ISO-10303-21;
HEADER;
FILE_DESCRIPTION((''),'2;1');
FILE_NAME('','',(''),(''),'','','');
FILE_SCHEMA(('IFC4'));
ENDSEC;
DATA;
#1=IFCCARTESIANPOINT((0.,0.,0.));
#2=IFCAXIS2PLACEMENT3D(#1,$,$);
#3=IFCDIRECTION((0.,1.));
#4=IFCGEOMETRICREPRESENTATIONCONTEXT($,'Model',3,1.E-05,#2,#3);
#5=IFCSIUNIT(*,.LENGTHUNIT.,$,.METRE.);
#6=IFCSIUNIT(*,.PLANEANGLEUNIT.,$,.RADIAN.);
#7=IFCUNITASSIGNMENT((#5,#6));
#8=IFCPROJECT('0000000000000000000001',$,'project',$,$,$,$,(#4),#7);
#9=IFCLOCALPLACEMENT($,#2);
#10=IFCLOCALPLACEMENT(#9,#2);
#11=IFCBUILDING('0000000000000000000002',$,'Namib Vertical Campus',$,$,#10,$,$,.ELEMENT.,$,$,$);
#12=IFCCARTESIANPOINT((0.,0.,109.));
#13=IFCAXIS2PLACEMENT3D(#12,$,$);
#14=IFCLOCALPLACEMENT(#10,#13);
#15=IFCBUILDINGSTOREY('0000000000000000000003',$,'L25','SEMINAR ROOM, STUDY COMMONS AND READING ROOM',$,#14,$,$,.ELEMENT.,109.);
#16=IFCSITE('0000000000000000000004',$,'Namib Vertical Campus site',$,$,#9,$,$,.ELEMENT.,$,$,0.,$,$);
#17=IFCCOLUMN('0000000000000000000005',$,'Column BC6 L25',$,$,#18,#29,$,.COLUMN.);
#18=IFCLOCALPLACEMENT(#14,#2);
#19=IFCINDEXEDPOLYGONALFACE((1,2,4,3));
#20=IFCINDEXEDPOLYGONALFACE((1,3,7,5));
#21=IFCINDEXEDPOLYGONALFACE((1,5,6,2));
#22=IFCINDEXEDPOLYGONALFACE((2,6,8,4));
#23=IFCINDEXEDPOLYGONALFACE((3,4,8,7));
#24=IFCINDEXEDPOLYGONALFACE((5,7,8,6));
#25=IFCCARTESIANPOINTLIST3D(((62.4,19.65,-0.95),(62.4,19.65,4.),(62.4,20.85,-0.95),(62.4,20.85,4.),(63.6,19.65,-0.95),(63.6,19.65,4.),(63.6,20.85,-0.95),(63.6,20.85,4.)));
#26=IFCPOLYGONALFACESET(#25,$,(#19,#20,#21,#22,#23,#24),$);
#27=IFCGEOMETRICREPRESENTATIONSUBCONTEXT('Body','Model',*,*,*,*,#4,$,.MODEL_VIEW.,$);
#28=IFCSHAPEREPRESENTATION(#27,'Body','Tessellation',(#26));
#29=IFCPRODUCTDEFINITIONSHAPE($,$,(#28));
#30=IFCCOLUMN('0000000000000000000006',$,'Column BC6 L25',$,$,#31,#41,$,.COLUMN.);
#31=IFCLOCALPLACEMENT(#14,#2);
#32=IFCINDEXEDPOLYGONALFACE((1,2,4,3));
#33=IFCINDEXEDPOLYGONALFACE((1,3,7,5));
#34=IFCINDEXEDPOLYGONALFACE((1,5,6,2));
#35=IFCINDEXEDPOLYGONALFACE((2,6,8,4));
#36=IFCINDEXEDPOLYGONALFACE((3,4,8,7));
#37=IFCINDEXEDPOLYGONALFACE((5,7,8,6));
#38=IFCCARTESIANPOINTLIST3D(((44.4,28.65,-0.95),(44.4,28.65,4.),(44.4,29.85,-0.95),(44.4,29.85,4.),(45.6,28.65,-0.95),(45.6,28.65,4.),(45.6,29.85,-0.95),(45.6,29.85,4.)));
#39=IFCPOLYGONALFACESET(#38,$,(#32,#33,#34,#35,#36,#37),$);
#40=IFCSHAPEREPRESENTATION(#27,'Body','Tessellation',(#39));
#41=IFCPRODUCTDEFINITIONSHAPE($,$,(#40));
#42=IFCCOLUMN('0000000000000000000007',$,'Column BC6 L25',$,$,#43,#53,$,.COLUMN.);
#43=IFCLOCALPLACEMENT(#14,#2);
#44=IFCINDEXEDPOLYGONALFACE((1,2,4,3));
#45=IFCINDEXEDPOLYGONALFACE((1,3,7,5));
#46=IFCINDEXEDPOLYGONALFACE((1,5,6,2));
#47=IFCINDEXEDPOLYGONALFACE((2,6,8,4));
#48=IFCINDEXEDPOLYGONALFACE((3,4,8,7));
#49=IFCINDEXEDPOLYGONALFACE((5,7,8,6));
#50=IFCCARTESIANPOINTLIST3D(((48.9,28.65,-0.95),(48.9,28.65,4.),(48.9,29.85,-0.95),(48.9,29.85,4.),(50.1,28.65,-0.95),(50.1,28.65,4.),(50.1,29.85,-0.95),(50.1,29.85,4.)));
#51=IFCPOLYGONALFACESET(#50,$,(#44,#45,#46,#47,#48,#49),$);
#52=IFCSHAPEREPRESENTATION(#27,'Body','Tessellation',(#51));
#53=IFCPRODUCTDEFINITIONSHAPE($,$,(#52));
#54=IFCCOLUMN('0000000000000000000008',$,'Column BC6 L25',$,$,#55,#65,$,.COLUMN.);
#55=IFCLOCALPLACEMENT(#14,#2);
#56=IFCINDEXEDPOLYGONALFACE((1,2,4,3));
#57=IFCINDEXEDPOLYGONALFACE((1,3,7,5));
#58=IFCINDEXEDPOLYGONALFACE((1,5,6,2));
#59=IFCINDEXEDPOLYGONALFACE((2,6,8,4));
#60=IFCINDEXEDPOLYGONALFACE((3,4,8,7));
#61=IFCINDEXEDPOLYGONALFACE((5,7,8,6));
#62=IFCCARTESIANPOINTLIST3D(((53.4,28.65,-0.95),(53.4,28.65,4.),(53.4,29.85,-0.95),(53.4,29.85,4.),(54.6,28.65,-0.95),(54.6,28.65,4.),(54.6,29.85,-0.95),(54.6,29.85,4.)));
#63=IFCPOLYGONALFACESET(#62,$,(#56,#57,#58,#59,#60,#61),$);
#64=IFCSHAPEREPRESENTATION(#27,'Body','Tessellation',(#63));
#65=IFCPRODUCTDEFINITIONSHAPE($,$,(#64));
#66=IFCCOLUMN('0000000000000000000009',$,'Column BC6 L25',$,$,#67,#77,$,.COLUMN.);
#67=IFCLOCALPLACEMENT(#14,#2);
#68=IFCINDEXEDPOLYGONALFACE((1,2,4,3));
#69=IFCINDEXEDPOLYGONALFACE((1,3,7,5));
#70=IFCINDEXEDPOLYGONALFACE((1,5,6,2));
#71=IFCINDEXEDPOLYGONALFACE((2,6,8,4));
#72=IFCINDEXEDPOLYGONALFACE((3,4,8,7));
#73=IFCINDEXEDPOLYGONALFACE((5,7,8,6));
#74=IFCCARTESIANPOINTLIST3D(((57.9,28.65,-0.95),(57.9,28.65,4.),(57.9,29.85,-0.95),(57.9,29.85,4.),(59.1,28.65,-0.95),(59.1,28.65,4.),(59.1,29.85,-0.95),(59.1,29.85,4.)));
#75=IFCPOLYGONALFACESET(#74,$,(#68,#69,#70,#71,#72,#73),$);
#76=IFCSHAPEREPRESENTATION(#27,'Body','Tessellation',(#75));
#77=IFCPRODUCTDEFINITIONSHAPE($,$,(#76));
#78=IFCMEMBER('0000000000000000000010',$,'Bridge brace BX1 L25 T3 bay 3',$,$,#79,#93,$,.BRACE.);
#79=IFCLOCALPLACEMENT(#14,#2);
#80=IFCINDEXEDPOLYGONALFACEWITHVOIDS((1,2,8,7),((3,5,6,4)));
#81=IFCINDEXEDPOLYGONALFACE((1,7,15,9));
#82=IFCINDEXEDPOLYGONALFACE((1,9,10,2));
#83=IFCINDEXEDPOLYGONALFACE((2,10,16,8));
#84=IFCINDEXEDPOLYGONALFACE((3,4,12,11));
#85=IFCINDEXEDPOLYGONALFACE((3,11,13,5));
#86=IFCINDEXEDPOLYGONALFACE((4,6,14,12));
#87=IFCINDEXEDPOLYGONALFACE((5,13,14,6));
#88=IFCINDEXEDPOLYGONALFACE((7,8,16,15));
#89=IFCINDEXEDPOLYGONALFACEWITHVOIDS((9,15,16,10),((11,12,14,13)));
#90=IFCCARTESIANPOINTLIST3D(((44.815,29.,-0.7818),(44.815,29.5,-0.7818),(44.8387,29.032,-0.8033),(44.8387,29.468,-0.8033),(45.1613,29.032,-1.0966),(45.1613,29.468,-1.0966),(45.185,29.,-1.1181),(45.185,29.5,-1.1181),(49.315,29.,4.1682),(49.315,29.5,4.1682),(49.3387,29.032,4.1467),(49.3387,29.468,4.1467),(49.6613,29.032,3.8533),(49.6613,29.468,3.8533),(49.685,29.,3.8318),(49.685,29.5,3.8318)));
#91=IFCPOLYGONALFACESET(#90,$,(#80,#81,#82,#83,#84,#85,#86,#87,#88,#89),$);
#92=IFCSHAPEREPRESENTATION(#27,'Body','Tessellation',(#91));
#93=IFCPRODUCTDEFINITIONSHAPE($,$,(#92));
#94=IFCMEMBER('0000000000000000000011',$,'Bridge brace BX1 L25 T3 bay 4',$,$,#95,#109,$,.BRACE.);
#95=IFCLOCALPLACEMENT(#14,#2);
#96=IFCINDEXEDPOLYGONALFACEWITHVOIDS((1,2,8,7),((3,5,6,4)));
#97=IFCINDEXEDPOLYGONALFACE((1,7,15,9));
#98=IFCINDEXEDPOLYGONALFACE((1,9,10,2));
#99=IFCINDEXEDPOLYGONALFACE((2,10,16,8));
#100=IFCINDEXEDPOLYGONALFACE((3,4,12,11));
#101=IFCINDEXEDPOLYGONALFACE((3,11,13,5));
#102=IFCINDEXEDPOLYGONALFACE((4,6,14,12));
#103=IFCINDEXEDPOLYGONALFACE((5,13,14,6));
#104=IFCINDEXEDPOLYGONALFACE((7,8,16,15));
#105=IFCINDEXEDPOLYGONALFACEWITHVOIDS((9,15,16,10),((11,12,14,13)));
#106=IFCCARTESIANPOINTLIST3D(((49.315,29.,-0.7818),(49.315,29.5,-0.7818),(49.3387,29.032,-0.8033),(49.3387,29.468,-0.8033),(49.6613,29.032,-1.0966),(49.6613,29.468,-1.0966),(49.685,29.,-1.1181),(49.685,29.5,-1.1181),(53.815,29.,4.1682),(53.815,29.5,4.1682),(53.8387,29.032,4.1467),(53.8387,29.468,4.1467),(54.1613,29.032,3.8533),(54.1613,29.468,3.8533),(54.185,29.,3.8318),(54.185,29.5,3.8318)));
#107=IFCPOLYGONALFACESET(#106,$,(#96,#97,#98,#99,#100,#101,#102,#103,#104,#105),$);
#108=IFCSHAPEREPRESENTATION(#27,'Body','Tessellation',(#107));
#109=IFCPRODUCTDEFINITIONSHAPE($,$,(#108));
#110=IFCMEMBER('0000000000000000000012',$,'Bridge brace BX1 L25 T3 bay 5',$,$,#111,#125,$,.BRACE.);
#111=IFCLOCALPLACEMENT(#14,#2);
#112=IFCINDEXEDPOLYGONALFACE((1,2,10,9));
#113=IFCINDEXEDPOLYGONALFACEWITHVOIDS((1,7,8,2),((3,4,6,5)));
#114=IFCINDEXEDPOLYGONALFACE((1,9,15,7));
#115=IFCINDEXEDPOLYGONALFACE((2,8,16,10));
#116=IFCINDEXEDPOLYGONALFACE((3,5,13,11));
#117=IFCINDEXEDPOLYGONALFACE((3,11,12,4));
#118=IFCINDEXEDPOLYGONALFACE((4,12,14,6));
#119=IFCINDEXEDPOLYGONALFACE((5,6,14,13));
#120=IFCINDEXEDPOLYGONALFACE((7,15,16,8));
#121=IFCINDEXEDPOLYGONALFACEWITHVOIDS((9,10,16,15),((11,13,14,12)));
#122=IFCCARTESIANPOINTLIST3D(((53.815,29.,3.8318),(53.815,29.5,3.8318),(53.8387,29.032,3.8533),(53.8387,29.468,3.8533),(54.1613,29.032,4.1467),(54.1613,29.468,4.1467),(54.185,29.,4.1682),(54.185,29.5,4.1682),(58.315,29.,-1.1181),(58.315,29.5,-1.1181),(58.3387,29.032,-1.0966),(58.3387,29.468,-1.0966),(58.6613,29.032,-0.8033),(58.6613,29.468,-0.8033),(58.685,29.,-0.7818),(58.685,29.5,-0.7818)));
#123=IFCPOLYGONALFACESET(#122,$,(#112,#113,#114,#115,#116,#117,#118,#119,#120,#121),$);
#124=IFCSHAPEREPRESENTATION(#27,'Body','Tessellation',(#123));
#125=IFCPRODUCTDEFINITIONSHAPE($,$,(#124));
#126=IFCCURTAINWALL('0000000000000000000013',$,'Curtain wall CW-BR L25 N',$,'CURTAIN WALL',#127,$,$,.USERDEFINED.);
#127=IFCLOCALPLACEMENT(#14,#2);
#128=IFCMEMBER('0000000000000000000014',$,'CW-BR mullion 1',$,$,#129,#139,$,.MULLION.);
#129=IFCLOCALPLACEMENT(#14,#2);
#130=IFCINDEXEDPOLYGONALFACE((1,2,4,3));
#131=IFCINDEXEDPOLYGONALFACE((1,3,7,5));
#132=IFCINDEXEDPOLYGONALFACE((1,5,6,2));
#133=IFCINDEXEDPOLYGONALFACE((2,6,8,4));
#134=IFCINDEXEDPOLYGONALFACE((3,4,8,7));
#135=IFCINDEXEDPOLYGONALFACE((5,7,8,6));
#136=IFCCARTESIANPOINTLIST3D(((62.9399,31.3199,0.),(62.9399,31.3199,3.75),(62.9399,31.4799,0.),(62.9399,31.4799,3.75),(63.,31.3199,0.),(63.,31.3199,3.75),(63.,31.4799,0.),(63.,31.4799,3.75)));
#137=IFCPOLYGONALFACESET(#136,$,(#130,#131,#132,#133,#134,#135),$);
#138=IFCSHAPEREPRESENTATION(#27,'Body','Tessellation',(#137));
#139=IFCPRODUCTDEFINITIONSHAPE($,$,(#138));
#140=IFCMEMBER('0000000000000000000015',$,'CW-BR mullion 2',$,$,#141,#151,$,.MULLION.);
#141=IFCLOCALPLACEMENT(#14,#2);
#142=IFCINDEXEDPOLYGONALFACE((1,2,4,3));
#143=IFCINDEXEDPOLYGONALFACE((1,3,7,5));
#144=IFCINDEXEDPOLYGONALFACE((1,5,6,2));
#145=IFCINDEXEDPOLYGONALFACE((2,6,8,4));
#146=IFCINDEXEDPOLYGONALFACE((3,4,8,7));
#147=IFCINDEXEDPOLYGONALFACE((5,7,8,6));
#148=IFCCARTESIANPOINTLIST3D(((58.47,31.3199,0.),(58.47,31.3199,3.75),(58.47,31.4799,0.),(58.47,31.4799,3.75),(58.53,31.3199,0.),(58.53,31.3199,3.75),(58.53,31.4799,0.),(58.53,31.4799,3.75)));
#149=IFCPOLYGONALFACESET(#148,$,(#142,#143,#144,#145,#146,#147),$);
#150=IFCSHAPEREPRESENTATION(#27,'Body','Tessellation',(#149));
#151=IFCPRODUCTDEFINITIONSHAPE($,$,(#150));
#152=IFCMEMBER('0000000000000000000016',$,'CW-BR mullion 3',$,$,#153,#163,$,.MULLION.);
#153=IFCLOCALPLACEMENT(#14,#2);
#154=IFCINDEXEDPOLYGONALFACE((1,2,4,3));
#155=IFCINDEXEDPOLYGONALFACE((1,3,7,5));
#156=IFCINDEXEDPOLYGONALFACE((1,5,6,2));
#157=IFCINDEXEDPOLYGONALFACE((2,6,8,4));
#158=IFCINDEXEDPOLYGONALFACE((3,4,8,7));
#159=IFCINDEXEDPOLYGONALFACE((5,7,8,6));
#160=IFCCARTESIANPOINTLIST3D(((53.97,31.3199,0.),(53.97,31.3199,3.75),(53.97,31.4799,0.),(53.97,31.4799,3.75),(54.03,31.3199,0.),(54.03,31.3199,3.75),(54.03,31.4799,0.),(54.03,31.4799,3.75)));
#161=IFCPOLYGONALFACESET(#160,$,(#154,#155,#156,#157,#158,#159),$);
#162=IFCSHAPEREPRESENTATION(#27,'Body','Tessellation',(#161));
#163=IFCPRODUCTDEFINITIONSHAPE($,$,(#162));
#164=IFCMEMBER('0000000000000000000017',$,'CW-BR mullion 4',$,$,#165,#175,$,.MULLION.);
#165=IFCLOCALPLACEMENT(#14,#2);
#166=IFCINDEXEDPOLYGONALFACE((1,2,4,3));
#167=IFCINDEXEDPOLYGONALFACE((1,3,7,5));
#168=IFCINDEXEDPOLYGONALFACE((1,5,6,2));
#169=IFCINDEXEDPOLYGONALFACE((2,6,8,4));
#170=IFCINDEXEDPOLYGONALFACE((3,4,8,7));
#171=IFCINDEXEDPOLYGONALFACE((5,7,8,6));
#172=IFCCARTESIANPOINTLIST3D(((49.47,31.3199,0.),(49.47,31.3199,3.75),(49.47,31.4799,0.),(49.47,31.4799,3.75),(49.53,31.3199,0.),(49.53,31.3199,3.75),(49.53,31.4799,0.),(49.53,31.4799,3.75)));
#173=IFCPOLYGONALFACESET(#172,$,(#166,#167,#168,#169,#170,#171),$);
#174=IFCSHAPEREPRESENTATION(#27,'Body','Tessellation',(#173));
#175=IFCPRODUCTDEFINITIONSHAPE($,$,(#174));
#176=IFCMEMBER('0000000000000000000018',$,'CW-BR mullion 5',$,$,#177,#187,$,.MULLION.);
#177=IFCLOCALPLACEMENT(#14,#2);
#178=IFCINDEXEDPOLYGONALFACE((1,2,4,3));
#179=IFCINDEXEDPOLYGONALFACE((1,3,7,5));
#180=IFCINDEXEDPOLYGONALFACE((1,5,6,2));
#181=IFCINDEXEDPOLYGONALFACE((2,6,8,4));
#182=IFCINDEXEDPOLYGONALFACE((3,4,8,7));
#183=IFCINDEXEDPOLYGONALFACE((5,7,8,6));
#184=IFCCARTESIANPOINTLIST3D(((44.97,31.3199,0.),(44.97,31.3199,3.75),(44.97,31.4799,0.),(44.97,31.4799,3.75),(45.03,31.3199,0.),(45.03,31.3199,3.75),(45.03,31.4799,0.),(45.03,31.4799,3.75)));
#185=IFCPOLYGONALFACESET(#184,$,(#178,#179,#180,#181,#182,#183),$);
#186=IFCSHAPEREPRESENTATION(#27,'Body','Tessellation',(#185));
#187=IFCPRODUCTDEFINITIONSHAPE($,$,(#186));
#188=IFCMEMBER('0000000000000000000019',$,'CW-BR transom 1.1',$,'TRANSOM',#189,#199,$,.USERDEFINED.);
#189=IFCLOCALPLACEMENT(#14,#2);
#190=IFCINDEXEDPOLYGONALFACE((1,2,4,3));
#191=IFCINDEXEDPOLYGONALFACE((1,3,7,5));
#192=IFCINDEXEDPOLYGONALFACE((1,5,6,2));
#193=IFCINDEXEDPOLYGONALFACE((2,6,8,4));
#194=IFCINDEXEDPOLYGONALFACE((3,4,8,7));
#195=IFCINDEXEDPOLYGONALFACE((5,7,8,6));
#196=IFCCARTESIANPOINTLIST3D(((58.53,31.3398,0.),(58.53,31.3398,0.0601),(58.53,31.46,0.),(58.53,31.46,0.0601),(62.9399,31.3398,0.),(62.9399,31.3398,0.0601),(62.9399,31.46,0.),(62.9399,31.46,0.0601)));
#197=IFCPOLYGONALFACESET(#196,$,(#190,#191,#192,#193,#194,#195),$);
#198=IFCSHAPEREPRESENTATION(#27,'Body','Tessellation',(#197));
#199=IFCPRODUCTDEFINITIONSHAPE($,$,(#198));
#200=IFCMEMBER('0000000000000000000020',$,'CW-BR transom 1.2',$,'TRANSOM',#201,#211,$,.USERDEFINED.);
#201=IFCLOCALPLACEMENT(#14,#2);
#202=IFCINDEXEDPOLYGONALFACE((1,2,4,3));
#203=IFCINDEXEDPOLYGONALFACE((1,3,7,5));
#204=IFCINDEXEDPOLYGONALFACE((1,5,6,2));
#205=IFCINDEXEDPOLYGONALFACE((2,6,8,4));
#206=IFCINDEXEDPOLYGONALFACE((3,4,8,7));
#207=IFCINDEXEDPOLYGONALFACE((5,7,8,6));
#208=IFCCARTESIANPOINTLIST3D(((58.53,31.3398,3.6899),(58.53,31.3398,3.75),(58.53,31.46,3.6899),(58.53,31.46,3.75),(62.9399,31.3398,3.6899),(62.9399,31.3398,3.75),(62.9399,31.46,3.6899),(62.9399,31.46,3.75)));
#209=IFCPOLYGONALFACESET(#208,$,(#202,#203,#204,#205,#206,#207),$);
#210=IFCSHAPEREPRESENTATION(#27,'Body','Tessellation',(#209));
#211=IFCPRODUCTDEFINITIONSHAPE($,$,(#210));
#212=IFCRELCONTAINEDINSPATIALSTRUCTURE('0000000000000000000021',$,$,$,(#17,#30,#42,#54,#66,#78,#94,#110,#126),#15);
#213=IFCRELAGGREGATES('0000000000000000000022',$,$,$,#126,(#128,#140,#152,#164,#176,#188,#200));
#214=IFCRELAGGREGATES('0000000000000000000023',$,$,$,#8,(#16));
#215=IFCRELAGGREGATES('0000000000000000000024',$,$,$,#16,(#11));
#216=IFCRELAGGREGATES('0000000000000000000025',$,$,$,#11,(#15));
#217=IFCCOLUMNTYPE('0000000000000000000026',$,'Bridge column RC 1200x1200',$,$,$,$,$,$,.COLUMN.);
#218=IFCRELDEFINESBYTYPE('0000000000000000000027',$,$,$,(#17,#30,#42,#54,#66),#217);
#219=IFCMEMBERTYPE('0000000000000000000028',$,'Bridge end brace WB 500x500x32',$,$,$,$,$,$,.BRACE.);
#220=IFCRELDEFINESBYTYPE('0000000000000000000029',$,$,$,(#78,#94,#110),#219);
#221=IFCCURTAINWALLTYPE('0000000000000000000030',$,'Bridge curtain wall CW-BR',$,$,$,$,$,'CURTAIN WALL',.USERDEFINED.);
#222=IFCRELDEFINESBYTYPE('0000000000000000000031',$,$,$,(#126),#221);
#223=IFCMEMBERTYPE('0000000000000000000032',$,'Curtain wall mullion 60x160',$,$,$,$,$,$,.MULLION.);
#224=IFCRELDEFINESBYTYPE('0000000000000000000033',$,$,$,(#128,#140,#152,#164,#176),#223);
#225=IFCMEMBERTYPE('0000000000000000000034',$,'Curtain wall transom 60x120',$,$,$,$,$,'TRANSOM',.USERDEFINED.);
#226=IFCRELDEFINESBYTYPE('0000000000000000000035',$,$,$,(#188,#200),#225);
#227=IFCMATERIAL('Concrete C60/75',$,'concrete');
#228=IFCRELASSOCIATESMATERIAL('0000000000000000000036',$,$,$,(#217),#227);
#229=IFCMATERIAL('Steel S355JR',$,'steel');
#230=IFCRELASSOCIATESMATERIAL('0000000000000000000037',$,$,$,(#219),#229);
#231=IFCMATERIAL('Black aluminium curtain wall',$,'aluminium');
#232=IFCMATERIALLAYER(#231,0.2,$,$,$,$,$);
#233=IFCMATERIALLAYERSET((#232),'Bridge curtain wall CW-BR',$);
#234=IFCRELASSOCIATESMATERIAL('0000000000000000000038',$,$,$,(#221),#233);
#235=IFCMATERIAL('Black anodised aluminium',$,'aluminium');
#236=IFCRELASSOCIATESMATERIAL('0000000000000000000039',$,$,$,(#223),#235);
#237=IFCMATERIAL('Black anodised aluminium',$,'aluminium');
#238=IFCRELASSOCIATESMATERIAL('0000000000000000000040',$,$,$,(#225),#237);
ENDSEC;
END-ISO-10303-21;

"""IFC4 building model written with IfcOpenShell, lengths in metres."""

from ifc_helpers import new_model, si_unit, direction, frame, origin, origin_2d, place, context, subcontext, project, spatial, rectangle, hollow_rectangle, extrude, material, layer, layer_set, material_profile, profile_set, type_object, element, aggregate, save


model = new_model("IFC4")

# Units and contexts
model_context = context("Model", 3, precision=1e-05, world=origin(), true_north=direction((0.0, 1.0)))
body_context = subcontext(model_context, "Body", "Model", "MODEL_VIEW")
ifc_project = project(units=[si_unit("LENGTHUNIT", "METRE"), si_unit("PLANEANGLEUNIT", "RADIAN")], contexts=[model_context])

# Site, building, storey
site_placement = place(None, origin())
site = spatial("IfcSite", under=ifc_project, at=site_placement, Name="Namib Vertical Campus site", CompositionType="ELEMENT", RefElevation=0.0)
building_placement = place(site_placement, origin())
building = spatial("IfcBuilding", under=site, at=building_placement, Name="Namib Vertical Campus", CompositionType="ELEMENT")
storey_placement = place(building_placement, frame((0.0, 0.0, 109.0)))
storey = spatial("IfcBuildingStorey", under=building, at=storey_placement, Name="L25", Description="SEMINAR ROOM, STUDY COMMONS AND READING ROOM", CompositionType="ELEMENT", Elevation=109.0)

# Columns
ifc_material_1 = material(Name="Concrete C60/75", Category="concrete")
ifc_material_profile_1 = material_profile(ifc_material_1, rectangle(XDim=1.2, YDim=1.2, at=origin_2d()))
ifc_profile_set_1 = profile_set([ifc_material_profile_1], Name="Concrete C60/75")
column_type = type_object("IfcColumnType", Name="Bridge column RC 1200x1200", PredefinedType="COLUMN", material=ifc_profile_set_1)
for number, where, z_axis, x_axis, name in (
    (1, (63.0, 20.25, -0.95), (0.0, 0.0, 1.0), (1.0, 0.0, 0.0), "Column BC6 L25"),
    (2, (45.0, 29.25, -0.95), (0.0, 0.0, 1.0), (1.0, 0.0, 0.0), "Column BC6 L25"),
    (3, (49.5, 29.25, -0.95), (0.0, 0.0, 1.0), (1.0, 0.0, 0.0), "Column BC6 L25"),
    (4, (54.0, 29.25, -0.95), (0.0, 0.0, 1.0), (1.0, 0.0, 0.0), "Column BC6 L25"),
    (5, (58.5, 29.25, -0.95), (0.0, 0.0, 1.0), (1.0, 0.0, 0.0), "Column BC6 L25"),
):
    element("IfcColumn", number, at=place(storey_placement, frame(where, z_axis=z_axis, x_axis=x_axis)), inside=storey, type_object=column_type, Name=name, PredefinedType="COLUMN", context=body_context, shape_type="SweptSolid", body=[
        extrude(rectangle(XDim=1.2, YDim=1.2, at=origin_2d()), origin(), (0.0, 0.0, 1.0), 4.95),
    ])

# Members
ifc_material_2 = material(Name="Steel S355JR", Category="steel")
ifc_material_profile_2 = material_profile(ifc_material_2, hollow_rectangle(XDim=0.5, YDim=0.5, WallThickness=0.032, at=origin_2d()))
ifc_profile_set_2 = profile_set([ifc_material_profile_2], Name="Steel S355JR")
member_type_1 = type_object("IfcMemberType", Name="Bridge end brace WB 500x500x32", PredefinedType="BRACE", material=ifc_profile_set_2)
for number, where, z_axis, x_axis, name in (
    (6, (45.0, 29.25, -0.95), (0.672676, 0.0, 0.739937), (0.0, 1.0, 0.0), "Bridge brace BX1 L25 T3 bay 3"),
    (7, (49.5, 29.25, -0.95), (0.672676, 0.0, 0.739937), (0.0, 1.0, 0.0), "Bridge brace BX1 L25 T3 bay 4"),
    (8, (58.5, 29.25, -0.95), (-0.672676, 0.0, 0.739937), (0.0, -1.0, 0.0), "Bridge brace BX1 L25 T3 bay 5"),
):
    element("IfcMember", number, at=place(storey_placement, frame(where, z_axis=z_axis, x_axis=x_axis)), inside=storey, type_object=member_type_1, Name=name, PredefinedType="BRACE", context=body_context, shape_type="SweptSolid", body=[
        extrude(hollow_rectangle(XDim=0.5, YDim=0.5, WallThickness=0.032, at=origin_2d()), origin(), (0.0, 0.0, 1.0), 6.6897),
    ])

# Curtain wall, members
ifc_material_3 = material(Name="Black aluminium curtain wall", Category="aluminium")
ifc_layer_1 = layer(ifc_material_3, 0.2)
ifc_layer_set_1 = layer_set([ifc_layer_1], Name="Bridge curtain wall CW-BR")
curtain_wall_type = type_object("IfcCurtainWallType", Name="Bridge curtain wall CW-BR", ElementType="CURTAIN WALL", PredefinedType="USERDEFINED", material=ifc_layer_set_1)
curtain_wall_placement = place(storey_placement, origin())
curtain_wall = element("IfcCurtainWall", 9, at=curtain_wall_placement, inside=storey, type_object=curtain_wall_type, Name="Curtain wall CW-BR L25 N", ObjectType="CURTAIN WALL", PredefinedType="USERDEFINED")
ifc_material_4 = material(Name="Black anodised aluminium", Category="aluminium")
ifc_material_profile_3 = material_profile(ifc_material_4, rectangle(XDim=0.0601, YDim=0.1599, at=origin_2d()))
ifc_profile_set_3 = profile_set([ifc_material_profile_3], Name="Black anodised aluminium")
member_type_2 = type_object("IfcMemberType", Name="Curtain wall mullion 60x160", PredefinedType="MULLION", material=ifc_profile_set_3)
member_1_placement = place(storey_placement, frame((62.97, 31.3999, 0.0), z_axis=(0.0, 0.0, 1.0), x_axis=(-1.0, 0.0, 0.0)))
member_1 = element("IfcMember", 10, at=member_1_placement, type_object=member_type_2, Name="CW-BR mullion 1", PredefinedType="MULLION", context=body_context, shape_type="SweptSolid", body=[
    extrude(rectangle(XDim=0.0601, YDim=0.1599, at=origin_2d()), origin(), (0.0, 0.0, 1.0), 3.75),
])
member_2_placement = place(storey_placement, frame((58.5, 31.3999, 0.0), z_axis=(0.0, 0.0, 1.0), x_axis=(-1.0, 0.0, 0.0)))
member_2 = element("IfcMember", 11, at=member_2_placement, type_object=member_type_2, Name="CW-BR mullion 2", PredefinedType="MULLION", context=body_context, shape_type="SweptSolid", body=[
    extrude(rectangle(XDim=0.0601, YDim=0.1599, at=origin_2d()), origin(), (0.0, 0.0, 1.0), 3.75),
])
member_3_placement = place(storey_placement, frame((54.0, 31.3999, 0.0), z_axis=(0.0, 0.0, 1.0), x_axis=(-1.0, 0.0, 0.0)))
member_3 = element("IfcMember", 12, at=member_3_placement, type_object=member_type_2, Name="CW-BR mullion 3", PredefinedType="MULLION", context=body_context, shape_type="SweptSolid", body=[
    extrude(rectangle(XDim=0.0601, YDim=0.1599, at=origin_2d()), origin(), (0.0, 0.0, 1.0), 3.75),
])
member_4_placement = place(storey_placement, frame((49.5, 31.3999, 0.0), z_axis=(0.0, 0.0, 1.0), x_axis=(-1.0, 0.0, 0.0)))
member_4 = element("IfcMember", 13, at=member_4_placement, type_object=member_type_2, Name="CW-BR mullion 4", PredefinedType="MULLION", context=body_context, shape_type="SweptSolid", body=[
    extrude(rectangle(XDim=0.0601, YDim=0.1599, at=origin_2d()), origin(), (0.0, 0.0, 1.0), 3.75),
])
member_5_placement = place(storey_placement, frame((45.0, 31.3999, 0.0), z_axis=(0.0, 0.0, 1.0), x_axis=(-1.0, 0.0, 0.0)))
member_5 = element("IfcMember", 14, at=member_5_placement, type_object=member_type_2, Name="CW-BR mullion 5", PredefinedType="MULLION", context=body_context, shape_type="SweptSolid", body=[
    extrude(rectangle(XDim=0.0601, YDim=0.1599, at=origin_2d()), origin(), (0.0, 0.0, 1.0), 3.75),
])
ifc_material_5 = material(Name="Black anodised aluminium", Category="aluminium")
ifc_material_profile_4 = material_profile(ifc_material_5, rectangle(XDim=0.0601, YDim=0.1201, at=origin_2d()))
ifc_profile_set_4 = profile_set([ifc_material_profile_4], Name="Black anodised aluminium")
member_type_3 = type_object("IfcMemberType", Name="Curtain wall transom 60x120", ElementType="TRANSOM", PredefinedType="USERDEFINED", material=ifc_profile_set_4)
member_6_placement = place(storey_placement, frame((62.9399, 31.3999, 0.03), z_axis=(-1.0, 0.0, 0.0), x_axis=(0.0, 0.0, 1.0)))
member_6 = element("IfcMember", 15, at=member_6_placement, type_object=member_type_3, Name="CW-BR transom 1.1", ObjectType="TRANSOM", PredefinedType="USERDEFINED", context=body_context, shape_type="SweptSolid", body=[
    extrude(rectangle(XDim=0.0601, YDim=0.1201, at=origin_2d()), origin(), (0.0, 0.0, 1.0), 4.4099),
])
member_7_placement = place(storey_placement, frame((62.9399, 31.3999, 3.72), z_axis=(-1.0, 0.0, 0.0), x_axis=(0.0, 0.0, 1.0)))
member_7 = element("IfcMember", 16, at=member_7_placement, type_object=member_type_3, Name="CW-BR transom 1.2", ObjectType="TRANSOM", PredefinedType="USERDEFINED", context=body_context, shape_type="SweptSolid", body=[
    extrude(rectangle(XDim=0.0601, YDim=0.1201, at=origin_2d()), origin(), (0.0, 0.0, 1.0), 4.4099),
])
aggregate(curtain_wall, [member_1, member_2, member_3, member_4, member_5, member_6, member_7])

save(model, "model.ifc")
